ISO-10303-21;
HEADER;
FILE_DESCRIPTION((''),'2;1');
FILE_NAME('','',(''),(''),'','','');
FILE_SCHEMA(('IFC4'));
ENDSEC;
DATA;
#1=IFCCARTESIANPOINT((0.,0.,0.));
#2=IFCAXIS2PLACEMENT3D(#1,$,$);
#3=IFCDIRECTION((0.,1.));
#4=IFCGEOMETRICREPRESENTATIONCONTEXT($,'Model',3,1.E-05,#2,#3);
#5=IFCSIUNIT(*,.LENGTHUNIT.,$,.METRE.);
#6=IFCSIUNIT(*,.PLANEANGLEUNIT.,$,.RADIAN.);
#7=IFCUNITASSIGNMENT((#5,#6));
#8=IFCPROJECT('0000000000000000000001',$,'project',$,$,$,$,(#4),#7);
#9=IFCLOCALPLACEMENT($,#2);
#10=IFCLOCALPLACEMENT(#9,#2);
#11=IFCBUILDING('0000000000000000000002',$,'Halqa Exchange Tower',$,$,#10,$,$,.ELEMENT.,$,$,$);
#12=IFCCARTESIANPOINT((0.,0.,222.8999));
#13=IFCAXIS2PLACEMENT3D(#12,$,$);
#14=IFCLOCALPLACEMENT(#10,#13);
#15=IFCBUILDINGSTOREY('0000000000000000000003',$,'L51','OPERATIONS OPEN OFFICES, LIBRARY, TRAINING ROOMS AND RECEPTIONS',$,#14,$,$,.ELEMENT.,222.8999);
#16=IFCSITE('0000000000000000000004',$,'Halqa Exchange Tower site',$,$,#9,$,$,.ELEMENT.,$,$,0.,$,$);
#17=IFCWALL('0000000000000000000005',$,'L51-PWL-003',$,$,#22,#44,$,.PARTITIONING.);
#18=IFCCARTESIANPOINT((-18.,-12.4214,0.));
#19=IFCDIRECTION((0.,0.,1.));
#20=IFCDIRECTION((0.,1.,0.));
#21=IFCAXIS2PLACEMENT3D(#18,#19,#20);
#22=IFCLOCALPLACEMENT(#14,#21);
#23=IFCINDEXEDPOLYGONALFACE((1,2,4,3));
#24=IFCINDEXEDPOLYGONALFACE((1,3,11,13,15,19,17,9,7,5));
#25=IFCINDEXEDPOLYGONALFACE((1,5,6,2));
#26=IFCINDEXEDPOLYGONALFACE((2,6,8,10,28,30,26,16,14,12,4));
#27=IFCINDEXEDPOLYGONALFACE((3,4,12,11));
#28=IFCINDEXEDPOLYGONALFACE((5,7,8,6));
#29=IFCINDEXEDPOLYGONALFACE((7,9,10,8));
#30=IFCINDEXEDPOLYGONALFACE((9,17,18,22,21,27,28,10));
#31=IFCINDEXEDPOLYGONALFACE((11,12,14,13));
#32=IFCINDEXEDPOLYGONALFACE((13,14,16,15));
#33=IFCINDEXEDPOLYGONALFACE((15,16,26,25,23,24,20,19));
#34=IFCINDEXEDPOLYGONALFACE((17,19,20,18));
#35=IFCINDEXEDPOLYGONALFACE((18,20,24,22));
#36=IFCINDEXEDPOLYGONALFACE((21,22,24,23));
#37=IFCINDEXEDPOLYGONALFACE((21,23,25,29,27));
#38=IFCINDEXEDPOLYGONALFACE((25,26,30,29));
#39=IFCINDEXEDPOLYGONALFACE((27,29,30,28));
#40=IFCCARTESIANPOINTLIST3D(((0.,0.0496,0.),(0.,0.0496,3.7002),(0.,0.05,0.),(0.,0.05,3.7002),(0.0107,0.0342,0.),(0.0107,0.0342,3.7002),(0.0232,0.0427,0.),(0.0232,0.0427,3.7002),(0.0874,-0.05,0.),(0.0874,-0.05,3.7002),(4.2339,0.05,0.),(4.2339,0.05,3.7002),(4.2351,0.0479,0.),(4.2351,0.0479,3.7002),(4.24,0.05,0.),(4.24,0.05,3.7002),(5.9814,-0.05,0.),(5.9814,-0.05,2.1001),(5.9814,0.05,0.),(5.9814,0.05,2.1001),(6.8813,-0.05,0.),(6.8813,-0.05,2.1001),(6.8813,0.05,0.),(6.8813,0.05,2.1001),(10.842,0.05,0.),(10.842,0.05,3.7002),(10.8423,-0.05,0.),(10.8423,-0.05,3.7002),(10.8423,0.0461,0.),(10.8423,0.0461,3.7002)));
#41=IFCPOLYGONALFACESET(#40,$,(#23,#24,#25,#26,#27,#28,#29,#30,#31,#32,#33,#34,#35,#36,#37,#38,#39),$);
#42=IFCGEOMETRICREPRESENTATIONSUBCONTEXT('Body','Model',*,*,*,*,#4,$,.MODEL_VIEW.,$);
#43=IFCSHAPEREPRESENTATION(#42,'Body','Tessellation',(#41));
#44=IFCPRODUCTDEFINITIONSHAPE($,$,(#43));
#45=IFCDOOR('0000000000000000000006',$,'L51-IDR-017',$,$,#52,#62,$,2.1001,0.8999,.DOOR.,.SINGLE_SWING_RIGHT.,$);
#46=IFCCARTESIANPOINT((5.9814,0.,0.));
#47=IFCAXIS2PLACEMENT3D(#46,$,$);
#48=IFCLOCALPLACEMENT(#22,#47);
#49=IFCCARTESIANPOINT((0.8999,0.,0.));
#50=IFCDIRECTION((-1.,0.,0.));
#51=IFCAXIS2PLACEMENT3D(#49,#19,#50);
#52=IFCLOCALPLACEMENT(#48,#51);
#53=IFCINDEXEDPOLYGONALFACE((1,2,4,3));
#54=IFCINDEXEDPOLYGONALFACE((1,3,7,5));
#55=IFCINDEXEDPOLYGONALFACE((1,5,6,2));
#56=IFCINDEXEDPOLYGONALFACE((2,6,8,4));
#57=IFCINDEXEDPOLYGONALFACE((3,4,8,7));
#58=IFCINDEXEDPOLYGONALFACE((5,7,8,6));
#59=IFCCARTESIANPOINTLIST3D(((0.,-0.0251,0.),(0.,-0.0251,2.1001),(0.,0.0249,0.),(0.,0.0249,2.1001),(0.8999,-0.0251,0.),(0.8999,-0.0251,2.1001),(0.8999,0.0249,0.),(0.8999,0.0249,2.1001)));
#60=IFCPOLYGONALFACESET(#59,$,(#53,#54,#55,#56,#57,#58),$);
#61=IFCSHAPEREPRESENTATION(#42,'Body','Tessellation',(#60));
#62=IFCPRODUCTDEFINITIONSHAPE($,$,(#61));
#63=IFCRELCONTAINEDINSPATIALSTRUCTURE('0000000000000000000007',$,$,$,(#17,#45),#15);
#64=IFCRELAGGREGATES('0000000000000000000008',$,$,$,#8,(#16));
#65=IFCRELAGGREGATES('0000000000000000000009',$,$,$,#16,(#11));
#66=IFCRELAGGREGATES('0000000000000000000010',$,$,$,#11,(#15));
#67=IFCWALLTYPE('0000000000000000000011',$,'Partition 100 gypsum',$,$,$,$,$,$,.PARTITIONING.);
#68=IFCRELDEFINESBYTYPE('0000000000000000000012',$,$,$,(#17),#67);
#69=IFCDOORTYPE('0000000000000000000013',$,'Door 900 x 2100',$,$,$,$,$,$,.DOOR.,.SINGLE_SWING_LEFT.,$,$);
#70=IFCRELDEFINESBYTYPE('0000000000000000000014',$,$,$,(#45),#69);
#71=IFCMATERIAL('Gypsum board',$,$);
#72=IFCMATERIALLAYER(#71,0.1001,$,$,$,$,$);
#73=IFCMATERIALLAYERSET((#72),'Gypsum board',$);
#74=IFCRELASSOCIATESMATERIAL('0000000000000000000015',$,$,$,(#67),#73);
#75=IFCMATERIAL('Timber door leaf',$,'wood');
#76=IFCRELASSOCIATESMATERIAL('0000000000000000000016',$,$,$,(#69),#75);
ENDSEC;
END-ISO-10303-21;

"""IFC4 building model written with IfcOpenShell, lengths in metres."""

from ifc_helpers import new_model, si_unit, direction, frame, frame_2d, origin, place, context, subcontext, project, spatial, polyline, rectangle, outline, extrude, material, layer, layer_set, type_object, element, fill, save


model = new_model("IFC4")

# Units and contexts
model_context = context("Model", 3, precision=1e-05, world=origin(), true_north=direction((0.0, 1.0)))
body_context = subcontext(model_context, "Body", "Model", "MODEL_VIEW")
ifc_project = project(units=[si_unit("LENGTHUNIT", "METRE"), si_unit("PLANEANGLEUNIT", "RADIAN")], contexts=[model_context])

# Site, building, storey
site_placement = place(None, origin())
site = spatial("IfcSite", under=ifc_project, at=site_placement, Name="Halqa Exchange Tower site", CompositionType="ELEMENT", RefElevation=0.0)
building_placement = place(site_placement, origin())
building = spatial("IfcBuilding", under=site, at=building_placement, Name="Halqa Exchange Tower", CompositionType="ELEMENT")
storey_placement = place(building_placement, frame((0.0, 0.0, 222.8999)))
storey = spatial("IfcBuildingStorey", under=building, at=storey_placement, Name="L51", Description="OPERATIONS OPEN OFFICES, LIBRARY, TRAINING ROOMS AND RECEPTIONS", CompositionType="ELEMENT", Elevation=222.8999)

# Wall, opening, door
ifc_material_1 = material(Name="Gypsum board")
ifc_layer_1 = layer(ifc_material_1, 0.1001)
ifc_layer_set_1 = layer_set([ifc_layer_1], Name="Gypsum board")
wall_type_1 = type_object("IfcWallType", Name="Partition 100 gypsum", PredefinedType="PARTITIONING", material=ifc_layer_set_1)
wall_1_placement = place(storey_placement, frame((-18.0, -12.4214, 0.0), z_axis=(0.0, 0.0, 1.0), x_axis=(0.0, 1.0, 0.0)))
wall_1 = element("IfcWall", 1, at=wall_1_placement, inside=storey, type_object=wall_type_1, Name="L51-PWL-003", PredefinedType="PARTITIONING", context=body_context, shape_type="SweptSolid", body=[
    extrude(outline(polyline([(0.0874, -0.05), (1.77, -0.05), (3.4529, -0.05), (5.1357, -0.05), (6.8186, -0.05), (8.5015, -0.05), (8.5015, -0.05), (8.6013, -0.05), (8.6013, -0.05), (10.8423, -0.05), (10.8423, 0.0461), (10.842, 0.05), (9.1914, 0.05), (7.541, 0.05), (5.8904, 0.05), (4.24, 0.05), (4.2351, 0.0479), (4.2339, 0.05), (2.8228, 0.05), (1.4114, 0.05), (0.0, 0.05), (0.0, 0.0496), (0.0107, 0.0342), (0.0232, 0.0427), (0.0874, -0.05)])), origin(), (0.0, 0.0, 1.0), 3.7002),
])
opening_1_placement = place(wall_1_placement, frame((5.9814, 0.0, 0.0)))
opening_1 = element("IfcOpeningElement", 2, at=opening_1_placement, cuts=wall_1, PredefinedType="OPENING", context=body_context, shape_type="SweptSolid", body=[
    extrude(rectangle(XDim=0.8999, YDim=2.1001, at=frame_2d((0.45, 1.05))), frame((0.0, 0.062, 0.0), z_axis=(0.0, -1.0, 0.0), x_axis=(1.0, 0.0, 0.0)), (0.0, 0.0, 1.0), 0.124),
])
ifc_material_2 = material(Name="Timber door leaf", Category="wood")
door_type_1 = type_object("IfcDoorType", Name="Door 900 x 2100", OperationType="SINGLE_SWING_LEFT", PredefinedType="DOOR", material=ifc_material_2)
door_1_placement = place(opening_1_placement, frame((0.8999, 0.0, 0.0), z_axis=(0.0, 0.0, 1.0), x_axis=(-1.0, 0.0, 0.0)))
door_1 = element("IfcDoor", 3, at=door_1_placement, inside=storey, type_object=door_type_1, Name="L51-IDR-017", OperationType="SINGLE_SWING_RIGHT", OverallHeight=2.1001, OverallWidth=0.8999, PredefinedType="DOOR", context=body_context, shape_type="SweptSolid", body=[
    extrude(rectangle(XDim=0.8999, YDim=2.1001, at=frame_2d((0.45, 1.05))), frame((0.0, 0.0249, 0.0), z_axis=(0.0, -1.0, 0.0), x_axis=(1.0, 0.0, 0.0)), (0.0, 0.0, 1.0), 0.05),
])
fill(opening_1, door_1)

save(model, "model.ifc")
